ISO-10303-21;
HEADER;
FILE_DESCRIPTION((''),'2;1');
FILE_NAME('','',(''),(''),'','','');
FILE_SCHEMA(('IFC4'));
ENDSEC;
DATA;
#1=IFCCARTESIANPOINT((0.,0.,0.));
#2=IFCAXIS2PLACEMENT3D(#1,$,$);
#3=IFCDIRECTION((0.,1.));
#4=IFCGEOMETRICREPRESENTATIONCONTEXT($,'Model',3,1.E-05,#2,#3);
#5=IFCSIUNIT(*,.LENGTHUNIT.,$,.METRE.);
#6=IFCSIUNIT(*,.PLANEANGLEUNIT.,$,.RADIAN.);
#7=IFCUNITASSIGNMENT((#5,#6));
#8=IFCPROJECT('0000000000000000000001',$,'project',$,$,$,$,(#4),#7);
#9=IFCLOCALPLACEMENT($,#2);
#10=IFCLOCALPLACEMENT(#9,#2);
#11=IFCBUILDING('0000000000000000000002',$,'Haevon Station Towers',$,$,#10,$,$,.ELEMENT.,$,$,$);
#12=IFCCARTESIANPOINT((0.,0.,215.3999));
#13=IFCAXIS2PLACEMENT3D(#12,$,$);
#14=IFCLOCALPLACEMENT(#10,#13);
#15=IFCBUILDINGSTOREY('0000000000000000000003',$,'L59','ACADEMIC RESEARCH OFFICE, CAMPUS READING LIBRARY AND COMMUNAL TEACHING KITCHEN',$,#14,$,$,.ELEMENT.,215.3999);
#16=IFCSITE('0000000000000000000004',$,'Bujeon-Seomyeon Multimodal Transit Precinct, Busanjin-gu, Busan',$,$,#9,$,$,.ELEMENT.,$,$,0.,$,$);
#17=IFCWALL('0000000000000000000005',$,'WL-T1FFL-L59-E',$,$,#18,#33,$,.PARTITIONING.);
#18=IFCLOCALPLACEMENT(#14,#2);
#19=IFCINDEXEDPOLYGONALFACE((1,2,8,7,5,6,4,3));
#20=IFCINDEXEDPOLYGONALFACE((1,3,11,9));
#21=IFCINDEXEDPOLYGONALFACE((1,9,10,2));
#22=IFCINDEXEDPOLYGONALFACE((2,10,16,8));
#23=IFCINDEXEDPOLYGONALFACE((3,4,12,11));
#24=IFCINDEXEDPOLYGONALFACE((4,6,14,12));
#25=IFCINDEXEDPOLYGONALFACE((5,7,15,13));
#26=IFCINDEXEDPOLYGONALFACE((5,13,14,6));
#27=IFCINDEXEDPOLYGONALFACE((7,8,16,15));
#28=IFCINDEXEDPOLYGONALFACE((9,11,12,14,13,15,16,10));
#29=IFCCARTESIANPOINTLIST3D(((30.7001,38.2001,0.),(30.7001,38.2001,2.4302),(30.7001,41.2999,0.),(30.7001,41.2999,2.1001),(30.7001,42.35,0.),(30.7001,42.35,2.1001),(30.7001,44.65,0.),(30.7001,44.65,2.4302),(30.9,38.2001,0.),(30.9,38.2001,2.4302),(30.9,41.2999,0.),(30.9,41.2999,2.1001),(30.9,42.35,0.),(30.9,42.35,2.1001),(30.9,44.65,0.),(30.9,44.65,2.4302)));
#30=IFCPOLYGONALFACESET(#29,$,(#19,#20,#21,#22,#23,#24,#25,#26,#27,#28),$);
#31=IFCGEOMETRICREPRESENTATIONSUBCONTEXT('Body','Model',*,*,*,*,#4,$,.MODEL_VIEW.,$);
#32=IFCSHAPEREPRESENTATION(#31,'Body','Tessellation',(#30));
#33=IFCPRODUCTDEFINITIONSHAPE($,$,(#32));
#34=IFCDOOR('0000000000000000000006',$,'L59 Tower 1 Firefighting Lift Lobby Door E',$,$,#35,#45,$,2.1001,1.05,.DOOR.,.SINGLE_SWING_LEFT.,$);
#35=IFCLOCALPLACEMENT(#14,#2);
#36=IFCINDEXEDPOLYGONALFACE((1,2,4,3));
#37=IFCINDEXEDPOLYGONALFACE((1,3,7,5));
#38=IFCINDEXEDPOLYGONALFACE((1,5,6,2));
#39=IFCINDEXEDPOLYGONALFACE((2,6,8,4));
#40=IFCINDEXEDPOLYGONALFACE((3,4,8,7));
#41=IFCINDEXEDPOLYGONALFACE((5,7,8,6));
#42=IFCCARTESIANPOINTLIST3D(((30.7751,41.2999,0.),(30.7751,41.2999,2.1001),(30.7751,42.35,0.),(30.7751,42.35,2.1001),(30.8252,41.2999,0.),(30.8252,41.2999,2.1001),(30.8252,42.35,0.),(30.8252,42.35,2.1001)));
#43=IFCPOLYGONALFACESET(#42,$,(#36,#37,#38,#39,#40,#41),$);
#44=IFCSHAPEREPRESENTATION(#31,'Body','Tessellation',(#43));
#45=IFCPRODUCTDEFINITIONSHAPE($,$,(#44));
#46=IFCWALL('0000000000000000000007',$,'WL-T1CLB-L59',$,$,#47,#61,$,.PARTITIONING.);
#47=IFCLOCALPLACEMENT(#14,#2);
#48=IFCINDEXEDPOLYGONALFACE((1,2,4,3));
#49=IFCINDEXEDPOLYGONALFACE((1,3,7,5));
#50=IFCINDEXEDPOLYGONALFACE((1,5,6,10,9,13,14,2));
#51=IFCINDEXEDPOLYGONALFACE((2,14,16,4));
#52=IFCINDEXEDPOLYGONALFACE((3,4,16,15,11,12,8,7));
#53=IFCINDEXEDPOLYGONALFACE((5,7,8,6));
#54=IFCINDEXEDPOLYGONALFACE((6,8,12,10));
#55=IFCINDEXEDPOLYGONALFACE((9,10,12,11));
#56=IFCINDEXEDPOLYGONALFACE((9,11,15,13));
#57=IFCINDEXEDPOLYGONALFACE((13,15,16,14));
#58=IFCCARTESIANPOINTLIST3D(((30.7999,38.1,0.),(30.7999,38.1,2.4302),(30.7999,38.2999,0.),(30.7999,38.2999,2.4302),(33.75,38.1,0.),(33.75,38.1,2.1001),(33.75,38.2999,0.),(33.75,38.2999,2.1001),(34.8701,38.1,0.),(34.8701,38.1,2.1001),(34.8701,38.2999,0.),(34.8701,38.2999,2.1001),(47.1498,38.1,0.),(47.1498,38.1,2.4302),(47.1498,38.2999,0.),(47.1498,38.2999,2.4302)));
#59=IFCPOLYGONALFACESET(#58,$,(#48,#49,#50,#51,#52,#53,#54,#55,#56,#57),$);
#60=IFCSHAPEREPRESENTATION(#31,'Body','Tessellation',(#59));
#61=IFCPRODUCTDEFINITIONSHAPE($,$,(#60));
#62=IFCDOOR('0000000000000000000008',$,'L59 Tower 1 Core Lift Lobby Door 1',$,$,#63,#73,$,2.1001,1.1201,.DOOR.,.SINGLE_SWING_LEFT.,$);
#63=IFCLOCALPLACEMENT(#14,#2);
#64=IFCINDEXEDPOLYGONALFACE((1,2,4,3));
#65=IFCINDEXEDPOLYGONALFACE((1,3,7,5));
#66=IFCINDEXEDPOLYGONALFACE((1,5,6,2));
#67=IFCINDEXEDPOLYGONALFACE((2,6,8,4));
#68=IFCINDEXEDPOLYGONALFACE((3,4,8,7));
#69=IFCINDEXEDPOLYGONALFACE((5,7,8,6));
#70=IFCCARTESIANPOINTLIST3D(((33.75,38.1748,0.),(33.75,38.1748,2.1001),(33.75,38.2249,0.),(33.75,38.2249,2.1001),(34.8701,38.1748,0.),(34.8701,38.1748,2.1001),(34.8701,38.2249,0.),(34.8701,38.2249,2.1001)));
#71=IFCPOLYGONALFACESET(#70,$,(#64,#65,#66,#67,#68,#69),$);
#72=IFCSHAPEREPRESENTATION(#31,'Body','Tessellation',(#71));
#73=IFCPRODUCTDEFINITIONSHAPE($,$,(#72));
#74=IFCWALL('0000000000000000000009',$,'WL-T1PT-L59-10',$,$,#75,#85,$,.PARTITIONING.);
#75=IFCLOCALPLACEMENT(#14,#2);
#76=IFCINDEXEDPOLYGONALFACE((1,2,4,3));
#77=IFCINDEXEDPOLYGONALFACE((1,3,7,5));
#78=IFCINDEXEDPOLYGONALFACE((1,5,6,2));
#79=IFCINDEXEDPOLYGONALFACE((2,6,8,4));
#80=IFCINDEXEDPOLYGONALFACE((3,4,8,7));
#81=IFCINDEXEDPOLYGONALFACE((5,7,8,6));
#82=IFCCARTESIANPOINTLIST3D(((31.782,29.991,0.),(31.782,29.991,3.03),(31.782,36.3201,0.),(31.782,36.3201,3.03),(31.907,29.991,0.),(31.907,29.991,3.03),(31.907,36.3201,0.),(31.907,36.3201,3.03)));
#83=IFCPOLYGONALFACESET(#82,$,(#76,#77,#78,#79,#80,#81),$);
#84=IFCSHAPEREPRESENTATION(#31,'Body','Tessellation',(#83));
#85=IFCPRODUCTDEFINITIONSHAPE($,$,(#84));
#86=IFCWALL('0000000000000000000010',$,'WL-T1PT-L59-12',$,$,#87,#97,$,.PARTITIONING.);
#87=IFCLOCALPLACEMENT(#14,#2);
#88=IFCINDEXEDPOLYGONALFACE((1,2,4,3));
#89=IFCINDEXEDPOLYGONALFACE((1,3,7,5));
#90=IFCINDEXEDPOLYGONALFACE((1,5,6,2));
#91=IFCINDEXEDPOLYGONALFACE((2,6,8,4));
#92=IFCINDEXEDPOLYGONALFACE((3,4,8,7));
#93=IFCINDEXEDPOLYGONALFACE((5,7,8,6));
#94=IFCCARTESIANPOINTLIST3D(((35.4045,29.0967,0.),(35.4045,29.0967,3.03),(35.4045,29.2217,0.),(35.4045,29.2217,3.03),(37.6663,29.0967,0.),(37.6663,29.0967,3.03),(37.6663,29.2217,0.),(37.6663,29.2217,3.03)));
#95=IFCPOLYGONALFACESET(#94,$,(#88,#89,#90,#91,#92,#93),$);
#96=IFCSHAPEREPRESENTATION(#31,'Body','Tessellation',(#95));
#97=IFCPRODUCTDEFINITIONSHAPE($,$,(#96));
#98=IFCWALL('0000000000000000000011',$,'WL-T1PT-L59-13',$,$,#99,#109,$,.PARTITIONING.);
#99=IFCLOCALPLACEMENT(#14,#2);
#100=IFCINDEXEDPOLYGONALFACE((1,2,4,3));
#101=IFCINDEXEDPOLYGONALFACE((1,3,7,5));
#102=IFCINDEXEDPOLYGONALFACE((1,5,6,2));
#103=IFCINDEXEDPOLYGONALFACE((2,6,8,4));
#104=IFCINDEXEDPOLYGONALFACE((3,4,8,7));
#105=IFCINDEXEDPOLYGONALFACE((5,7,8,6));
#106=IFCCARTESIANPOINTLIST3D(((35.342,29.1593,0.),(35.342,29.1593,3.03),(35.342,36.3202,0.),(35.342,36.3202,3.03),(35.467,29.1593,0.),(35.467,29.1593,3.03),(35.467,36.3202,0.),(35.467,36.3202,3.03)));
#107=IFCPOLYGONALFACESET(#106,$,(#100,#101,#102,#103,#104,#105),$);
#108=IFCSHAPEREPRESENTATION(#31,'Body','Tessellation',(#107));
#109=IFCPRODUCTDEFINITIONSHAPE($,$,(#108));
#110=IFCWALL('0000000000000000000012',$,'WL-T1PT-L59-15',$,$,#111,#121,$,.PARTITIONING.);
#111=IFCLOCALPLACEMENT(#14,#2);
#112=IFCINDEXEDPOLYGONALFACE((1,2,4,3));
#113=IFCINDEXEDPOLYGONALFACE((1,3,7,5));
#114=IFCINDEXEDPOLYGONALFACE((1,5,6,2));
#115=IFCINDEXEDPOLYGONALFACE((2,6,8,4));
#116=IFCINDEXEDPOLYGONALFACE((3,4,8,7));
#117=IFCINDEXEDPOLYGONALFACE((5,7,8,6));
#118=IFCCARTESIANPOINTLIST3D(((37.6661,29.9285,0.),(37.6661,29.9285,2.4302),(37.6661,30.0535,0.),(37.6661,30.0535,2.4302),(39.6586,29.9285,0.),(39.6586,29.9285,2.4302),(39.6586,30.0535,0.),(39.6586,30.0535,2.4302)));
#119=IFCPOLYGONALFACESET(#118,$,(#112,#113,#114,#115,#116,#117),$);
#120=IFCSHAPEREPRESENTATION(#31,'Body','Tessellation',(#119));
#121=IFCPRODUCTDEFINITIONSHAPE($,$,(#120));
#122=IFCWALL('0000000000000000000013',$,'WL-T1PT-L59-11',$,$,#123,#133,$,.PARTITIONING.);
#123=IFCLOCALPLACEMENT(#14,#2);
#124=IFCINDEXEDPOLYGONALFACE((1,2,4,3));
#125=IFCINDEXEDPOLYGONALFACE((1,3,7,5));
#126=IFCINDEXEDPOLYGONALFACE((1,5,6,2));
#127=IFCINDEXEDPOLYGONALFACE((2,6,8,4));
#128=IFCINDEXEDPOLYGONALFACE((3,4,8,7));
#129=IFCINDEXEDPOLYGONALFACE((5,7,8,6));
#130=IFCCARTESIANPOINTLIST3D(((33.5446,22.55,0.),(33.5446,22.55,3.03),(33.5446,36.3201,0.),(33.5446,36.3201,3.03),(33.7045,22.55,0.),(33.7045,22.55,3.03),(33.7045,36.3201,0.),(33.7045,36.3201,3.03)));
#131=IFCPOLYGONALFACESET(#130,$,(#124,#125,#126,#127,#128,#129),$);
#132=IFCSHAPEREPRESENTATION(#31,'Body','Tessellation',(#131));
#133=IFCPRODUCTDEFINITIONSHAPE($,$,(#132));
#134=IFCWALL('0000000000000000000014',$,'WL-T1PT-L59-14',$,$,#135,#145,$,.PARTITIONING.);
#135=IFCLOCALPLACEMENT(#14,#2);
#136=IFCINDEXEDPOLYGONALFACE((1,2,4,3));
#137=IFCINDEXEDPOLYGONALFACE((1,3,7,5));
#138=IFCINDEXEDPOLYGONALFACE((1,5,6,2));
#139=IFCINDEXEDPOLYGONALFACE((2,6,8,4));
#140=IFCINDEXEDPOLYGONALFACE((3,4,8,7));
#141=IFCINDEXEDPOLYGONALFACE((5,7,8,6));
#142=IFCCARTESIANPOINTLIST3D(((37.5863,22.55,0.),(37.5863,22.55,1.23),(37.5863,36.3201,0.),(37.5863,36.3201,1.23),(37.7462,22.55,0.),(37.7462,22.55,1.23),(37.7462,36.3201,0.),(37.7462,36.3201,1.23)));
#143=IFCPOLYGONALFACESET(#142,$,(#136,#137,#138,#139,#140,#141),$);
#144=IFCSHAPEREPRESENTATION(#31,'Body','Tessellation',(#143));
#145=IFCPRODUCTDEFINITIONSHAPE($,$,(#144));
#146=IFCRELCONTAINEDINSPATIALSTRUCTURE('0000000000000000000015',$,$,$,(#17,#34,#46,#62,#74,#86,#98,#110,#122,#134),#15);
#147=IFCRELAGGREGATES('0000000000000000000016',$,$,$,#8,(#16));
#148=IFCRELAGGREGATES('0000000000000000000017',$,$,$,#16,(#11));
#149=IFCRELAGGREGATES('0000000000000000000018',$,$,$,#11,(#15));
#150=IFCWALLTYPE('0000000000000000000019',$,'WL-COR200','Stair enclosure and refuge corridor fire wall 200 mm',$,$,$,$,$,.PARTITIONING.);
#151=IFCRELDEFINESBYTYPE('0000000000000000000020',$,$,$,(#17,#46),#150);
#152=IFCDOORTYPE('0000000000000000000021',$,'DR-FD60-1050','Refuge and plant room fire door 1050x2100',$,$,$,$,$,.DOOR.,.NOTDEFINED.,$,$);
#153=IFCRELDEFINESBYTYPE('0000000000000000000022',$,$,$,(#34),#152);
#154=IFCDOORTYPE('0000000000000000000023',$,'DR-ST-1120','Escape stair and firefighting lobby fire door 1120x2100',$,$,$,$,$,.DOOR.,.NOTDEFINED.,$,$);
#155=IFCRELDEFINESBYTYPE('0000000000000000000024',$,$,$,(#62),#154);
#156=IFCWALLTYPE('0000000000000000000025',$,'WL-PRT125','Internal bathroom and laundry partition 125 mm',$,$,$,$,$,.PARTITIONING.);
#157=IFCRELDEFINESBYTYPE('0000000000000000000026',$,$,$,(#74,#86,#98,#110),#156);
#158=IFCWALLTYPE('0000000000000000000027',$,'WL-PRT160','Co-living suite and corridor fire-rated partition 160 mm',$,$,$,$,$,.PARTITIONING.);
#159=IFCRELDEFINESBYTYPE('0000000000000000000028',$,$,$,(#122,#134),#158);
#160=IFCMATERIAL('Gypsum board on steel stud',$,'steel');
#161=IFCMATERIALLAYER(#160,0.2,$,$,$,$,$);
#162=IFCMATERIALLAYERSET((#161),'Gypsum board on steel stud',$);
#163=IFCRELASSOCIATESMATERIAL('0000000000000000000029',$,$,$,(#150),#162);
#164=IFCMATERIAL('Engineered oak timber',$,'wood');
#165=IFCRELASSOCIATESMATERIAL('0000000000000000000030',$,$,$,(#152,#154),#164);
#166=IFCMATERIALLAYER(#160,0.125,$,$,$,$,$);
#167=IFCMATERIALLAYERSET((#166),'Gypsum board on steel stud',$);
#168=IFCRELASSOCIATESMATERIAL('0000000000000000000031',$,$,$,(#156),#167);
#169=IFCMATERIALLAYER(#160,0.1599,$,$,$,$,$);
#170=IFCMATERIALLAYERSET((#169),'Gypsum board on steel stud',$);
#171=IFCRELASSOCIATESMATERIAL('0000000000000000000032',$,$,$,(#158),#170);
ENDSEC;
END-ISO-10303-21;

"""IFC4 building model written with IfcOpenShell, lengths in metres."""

from ifc_helpers import new_model, si_unit, direction, frame, frame_2d, origin, place, context, subcontext, project, spatial, rectangle, extrude, material, layer, layer_set, type_object, element, fill, save


model = new_model("IFC4")

# Units and contexts
model_context = context("Model", 3, precision=1e-05, world=origin(), true_north=direction((0.0, 1.0)))
body_context = subcontext(model_context, "Body", "Model", "MODEL_VIEW")
ifc_project = project(units=[si_unit("LENGTHUNIT", "METRE"), si_unit("PLANEANGLEUNIT", "RADIAN")], contexts=[model_context])

# Site, building, storey
site_placement = place(None, origin())
site = spatial("IfcSite", under=ifc_project, at=site_placement, Name="Bujeon-Seomyeon Multimodal Transit Precinct, Busanjin-gu, Busan", CompositionType="ELEMENT", RefElevation=0.0)
building_placement = place(site_placement, origin())
building = spatial("IfcBuilding", under=site, at=building_placement, Name="Haevon Station Towers", CompositionType="ELEMENT")
storey_placement = place(building_placement, frame((0.0, 0.0, 215.3999)))
storey = spatial("IfcBuildingStorey", under=building, at=storey_placement, Name="L59", Description="ACADEMIC RESEARCH OFFICE, CAMPUS READING LIBRARY AND COMMUNAL TEACHING KITCHEN", CompositionType="ELEMENT", Elevation=215.3999)

# Walls, openings, doors
ifc_material_1 = material(Name="Gypsum board on steel stud", Category="steel")
ifc_layer_1 = layer(ifc_material_1, 0.2)
ifc_layer_set_1 = layer_set([ifc_layer_1], Name="Gypsum board on steel stud")
wall_type_1 = type_object("IfcWallType", Name="WL-COR200", Description="Stair enclosure and refuge corridor fire wall 200 mm", PredefinedType="PARTITIONING", material=ifc_layer_set_1)
wall_1_placement = place(storey_placement, frame((30.8, 38.2, 0.0), z_axis=(0.0, 0.0, 1.0), x_axis=(0.0, 1.0, 0.0)))
wall_1 = element("IfcWall", 1, at=wall_1_placement, inside=storey, type_object=wall_type_1, Name="WL-T1FFL-L59-E", PredefinedType="PARTITIONING", context=body_context, shape_type="SweptSolid", body=[
    extrude(rectangle(XDim=6.45, YDim=0.2, at=frame_2d((3.2251, 0.0))), origin(), (0.0, 0.0, 1.0), 2.4302),
])
opening_1_placement = place(wall_1_placement, frame((3.1001, 0.0, 0.0)))
opening_1 = element("IfcOpeningElement", 2, at=opening_1_placement, cuts=wall_1, PredefinedType="OPENING", context=body_context, shape_type="SweptSolid", body=[
    extrude(rectangle(XDim=1.05, YDim=2.1001, at=frame_2d((0.5249, 1.05))), frame((0.0, 0.1099, 0.0), z_axis=(0.0, -1.0, 0.0), x_axis=(1.0, 0.0, 0.0)), (0.0, 0.0, 1.0), 0.22),
])
ifc_material_2 = material(Name="Engineered oak timber", Category="wood")
door_type_1 = type_object("IfcDoorType", Name="DR-FD60-1050", Description="Refuge and plant room fire door 1050x2100", OperationType="NOTDEFINED", PredefinedType="DOOR", material=ifc_material_2)
door_1_placement = place(opening_1_placement, origin())
door_1 = element("IfcDoor", 3, at=door_1_placement, inside=storey, type_object=door_type_1, Name="L59 Tower 1 Firefighting Lift Lobby Door E", OperationType="SINGLE_SWING_LEFT", OverallHeight=2.1001, OverallWidth=1.05, PredefinedType="DOOR", context=body_context, shape_type="SweptSolid", body=[
    extrude(rectangle(XDim=1.05, YDim=2.1001, at=frame_2d((0.5249, 1.05))), frame((0.0, 0.0249, 0.0), z_axis=(0.0, -1.0, 0.0), x_axis=(1.0, 0.0, 0.0)), (0.0, 0.0, 1.0), 0.05),
])
fill(opening_1, door_1)
wall_2_placement = place(storey_placement, frame((30.8, 38.2, 0.0), z_axis=(0.0, 0.0, 1.0), x_axis=(1.0, 0.0, 0.0)))
wall_2 = element("IfcWall", 4, at=wall_2_placement, inside=storey, type_object=wall_type_1, Name="WL-T1CLB-L59", PredefinedType="PARTITIONING", context=body_context, shape_type="SweptSolid", body=[
    extrude(rectangle(XDim=16.3499, YDim=0.2, at=frame_2d((8.1748, 0.0))), origin(), (0.0, 0.0, 1.0), 2.4302),
])
opening_2_placement = place(wall_2_placement, frame((2.95, 0.0, 0.0)))
opening_2 = element("IfcOpeningElement", 5, at=opening_2_placement, cuts=wall_2, PredefinedType="OPENING", context=body_context, shape_type="SweptSolid", body=[
    extrude(rectangle(XDim=1.1201, YDim=2.1001, at=frame_2d((0.5601, 1.05))), frame((0.0, 0.1099, 0.0), z_axis=(0.0, -1.0, 0.0), x_axis=(1.0, 0.0, 0.0)), (0.0, 0.0, 1.0), 0.22),
])
door_type_2 = type_object("IfcDoorType", Name="DR-ST-1120", Description="Escape stair and firefighting lobby fire door 1120x2100", OperationType="NOTDEFINED", PredefinedType="DOOR", material=ifc_material_2)
door_2_placement = place(opening_2_placement, origin())
door_2 = element("IfcDoor", 6, at=door_2_placement, inside=storey, type_object=door_type_2, Name="L59 Tower 1 Core Lift Lobby Door 1", OperationType="SINGLE_SWING_LEFT", OverallHeight=2.1001, OverallWidth=1.1201, PredefinedType="DOOR", context=body_context, shape_type="SweptSolid", body=[
    extrude(rectangle(XDim=1.1201, YDim=2.1001, at=frame_2d((0.5601, 1.05))), frame((0.0, 0.0249, 0.0), z_axis=(0.0, -1.0, 0.0), x_axis=(1.0, 0.0, 0.0)), (0.0, 0.0, 1.0), 0.05),
])
fill(opening_2, door_2)

# Walls
ifc_layer_2 = layer(ifc_material_1, 0.125)
ifc_layer_set_2 = layer_set([ifc_layer_2], Name="Gypsum board on steel stud")
wall_type_2 = type_object("IfcWallType", Name="WL-PRT125", Description="Internal bathroom and laundry partition 125 mm", PredefinedType="PARTITIONING", material=ifc_layer_set_2)
wall_3_placement = place(storey_placement, frame((31.8445, 29.991, 0.0), z_axis=(0.0, 0.0, 1.0), x_axis=(0.0, 1.0, 0.0)))
element("IfcWall", 7, at=wall_3_placement, inside=storey, type_object=wall_type_2, Name="WL-T1PT-L59-10", PredefinedType="PARTITIONING", context=body_context, shape_type="SweptSolid", body=[
    extrude(rectangle(XDim=6.3291, YDim=0.125, at=frame_2d((3.1646, 0.0))), origin(), (0.0, 0.0, 1.0), 3.03),
])
wall_4_placement = place(storey_placement, frame((35.4045, 29.1592, 0.0), z_axis=(0.0, 0.0, 1.0), x_axis=(1.0, 0.0, 0.0)))
element("IfcWall", 8, at=wall_4_placement, inside=storey, type_object=wall_type_2, Name="WL-T1PT-L59-12", PredefinedType="PARTITIONING", context=body_context, shape_type="SweptSolid", body=[
    extrude(rectangle(XDim=2.2617, YDim=0.125, at=frame_2d((1.1309, 0.0))), origin(), (0.0, 0.0, 1.0), 3.03),
])
wall_5_placement = place(storey_placement, frame((35.4045, 29.1592, 0.0), z_axis=(0.0, 0.0, 1.0), x_axis=(0.0, 1.0, 0.0)))
element("IfcWall", 9, at=wall_5_placement, inside=storey, type_object=wall_type_2, Name="WL-T1PT-L59-13", PredefinedType="PARTITIONING", context=body_context, shape_type="SweptSolid", body=[
    extrude(rectangle(XDim=7.1609, YDim=0.125, at=frame_2d((3.5806, 0.0))), origin(), (0.0, 0.0, 1.0), 3.03),
])
wall_6_placement = place(storey_placement, frame((37.6663, 29.991, 0.0), z_axis=(0.0, 0.0, 1.0), x_axis=(1.0, 0.0, 0.0)))
element("IfcWall", 10, at=wall_6_placement, inside=storey, type_object=wall_type_2, Name="WL-T1PT-L59-15", PredefinedType="PARTITIONING", context=body_context, shape_type="SweptSolid", body=[
    extrude(rectangle(XDim=1.9924, YDim=0.125, at=frame_2d((0.9961, 0.0))), origin(), (0.0, 0.0, 1.0), 2.4302),
])
ifc_layer_3 = layer(ifc_material_1, 0.1599)
ifc_layer_set_3 = layer_set([ifc_layer_3], Name="Gypsum board on steel stud")
wall_type_3 = type_object("IfcWallType", Name="WL-PRT160", Description="Co-living suite and corridor fire-rated partition 160 mm", PredefinedType="PARTITIONING", material=ifc_layer_set_3)
wall_7_placement = place(storey_placement, frame((33.6245, 22.55, 0.0), z_axis=(0.0, 0.0, 1.0), x_axis=(0.0, 1.0, 0.0)))
element("IfcWall", 11, at=wall_7_placement, inside=storey, type_object=wall_type_3, Name="WL-T1PT-L59-11", PredefinedType="PARTITIONING", context=body_context, shape_type="SweptSolid", body=[
    extrude(rectangle(XDim=13.77, YDim=0.1599, at=frame_2d((6.885, 0.0))), origin(), (0.0, 0.0, 1.0), 3.03),
])
wall_8_placement = place(storey_placement, frame((37.6663, 22.55, 0.0), z_axis=(0.0, 0.0, 1.0), x_axis=(0.0, 1.0, 0.0)))
element("IfcWall", 12, at=wall_8_placement, inside=storey, type_object=wall_type_3, Name="WL-T1PT-L59-14", PredefinedType="PARTITIONING", context=body_context, shape_type="SweptSolid", body=[
    extrude(rectangle(XDim=13.77, YDim=0.1599, at=frame_2d((6.885, 0.0))), origin(), (0.0, 0.0, 1.0), 1.23),
])

save(model, "model.ifc")
